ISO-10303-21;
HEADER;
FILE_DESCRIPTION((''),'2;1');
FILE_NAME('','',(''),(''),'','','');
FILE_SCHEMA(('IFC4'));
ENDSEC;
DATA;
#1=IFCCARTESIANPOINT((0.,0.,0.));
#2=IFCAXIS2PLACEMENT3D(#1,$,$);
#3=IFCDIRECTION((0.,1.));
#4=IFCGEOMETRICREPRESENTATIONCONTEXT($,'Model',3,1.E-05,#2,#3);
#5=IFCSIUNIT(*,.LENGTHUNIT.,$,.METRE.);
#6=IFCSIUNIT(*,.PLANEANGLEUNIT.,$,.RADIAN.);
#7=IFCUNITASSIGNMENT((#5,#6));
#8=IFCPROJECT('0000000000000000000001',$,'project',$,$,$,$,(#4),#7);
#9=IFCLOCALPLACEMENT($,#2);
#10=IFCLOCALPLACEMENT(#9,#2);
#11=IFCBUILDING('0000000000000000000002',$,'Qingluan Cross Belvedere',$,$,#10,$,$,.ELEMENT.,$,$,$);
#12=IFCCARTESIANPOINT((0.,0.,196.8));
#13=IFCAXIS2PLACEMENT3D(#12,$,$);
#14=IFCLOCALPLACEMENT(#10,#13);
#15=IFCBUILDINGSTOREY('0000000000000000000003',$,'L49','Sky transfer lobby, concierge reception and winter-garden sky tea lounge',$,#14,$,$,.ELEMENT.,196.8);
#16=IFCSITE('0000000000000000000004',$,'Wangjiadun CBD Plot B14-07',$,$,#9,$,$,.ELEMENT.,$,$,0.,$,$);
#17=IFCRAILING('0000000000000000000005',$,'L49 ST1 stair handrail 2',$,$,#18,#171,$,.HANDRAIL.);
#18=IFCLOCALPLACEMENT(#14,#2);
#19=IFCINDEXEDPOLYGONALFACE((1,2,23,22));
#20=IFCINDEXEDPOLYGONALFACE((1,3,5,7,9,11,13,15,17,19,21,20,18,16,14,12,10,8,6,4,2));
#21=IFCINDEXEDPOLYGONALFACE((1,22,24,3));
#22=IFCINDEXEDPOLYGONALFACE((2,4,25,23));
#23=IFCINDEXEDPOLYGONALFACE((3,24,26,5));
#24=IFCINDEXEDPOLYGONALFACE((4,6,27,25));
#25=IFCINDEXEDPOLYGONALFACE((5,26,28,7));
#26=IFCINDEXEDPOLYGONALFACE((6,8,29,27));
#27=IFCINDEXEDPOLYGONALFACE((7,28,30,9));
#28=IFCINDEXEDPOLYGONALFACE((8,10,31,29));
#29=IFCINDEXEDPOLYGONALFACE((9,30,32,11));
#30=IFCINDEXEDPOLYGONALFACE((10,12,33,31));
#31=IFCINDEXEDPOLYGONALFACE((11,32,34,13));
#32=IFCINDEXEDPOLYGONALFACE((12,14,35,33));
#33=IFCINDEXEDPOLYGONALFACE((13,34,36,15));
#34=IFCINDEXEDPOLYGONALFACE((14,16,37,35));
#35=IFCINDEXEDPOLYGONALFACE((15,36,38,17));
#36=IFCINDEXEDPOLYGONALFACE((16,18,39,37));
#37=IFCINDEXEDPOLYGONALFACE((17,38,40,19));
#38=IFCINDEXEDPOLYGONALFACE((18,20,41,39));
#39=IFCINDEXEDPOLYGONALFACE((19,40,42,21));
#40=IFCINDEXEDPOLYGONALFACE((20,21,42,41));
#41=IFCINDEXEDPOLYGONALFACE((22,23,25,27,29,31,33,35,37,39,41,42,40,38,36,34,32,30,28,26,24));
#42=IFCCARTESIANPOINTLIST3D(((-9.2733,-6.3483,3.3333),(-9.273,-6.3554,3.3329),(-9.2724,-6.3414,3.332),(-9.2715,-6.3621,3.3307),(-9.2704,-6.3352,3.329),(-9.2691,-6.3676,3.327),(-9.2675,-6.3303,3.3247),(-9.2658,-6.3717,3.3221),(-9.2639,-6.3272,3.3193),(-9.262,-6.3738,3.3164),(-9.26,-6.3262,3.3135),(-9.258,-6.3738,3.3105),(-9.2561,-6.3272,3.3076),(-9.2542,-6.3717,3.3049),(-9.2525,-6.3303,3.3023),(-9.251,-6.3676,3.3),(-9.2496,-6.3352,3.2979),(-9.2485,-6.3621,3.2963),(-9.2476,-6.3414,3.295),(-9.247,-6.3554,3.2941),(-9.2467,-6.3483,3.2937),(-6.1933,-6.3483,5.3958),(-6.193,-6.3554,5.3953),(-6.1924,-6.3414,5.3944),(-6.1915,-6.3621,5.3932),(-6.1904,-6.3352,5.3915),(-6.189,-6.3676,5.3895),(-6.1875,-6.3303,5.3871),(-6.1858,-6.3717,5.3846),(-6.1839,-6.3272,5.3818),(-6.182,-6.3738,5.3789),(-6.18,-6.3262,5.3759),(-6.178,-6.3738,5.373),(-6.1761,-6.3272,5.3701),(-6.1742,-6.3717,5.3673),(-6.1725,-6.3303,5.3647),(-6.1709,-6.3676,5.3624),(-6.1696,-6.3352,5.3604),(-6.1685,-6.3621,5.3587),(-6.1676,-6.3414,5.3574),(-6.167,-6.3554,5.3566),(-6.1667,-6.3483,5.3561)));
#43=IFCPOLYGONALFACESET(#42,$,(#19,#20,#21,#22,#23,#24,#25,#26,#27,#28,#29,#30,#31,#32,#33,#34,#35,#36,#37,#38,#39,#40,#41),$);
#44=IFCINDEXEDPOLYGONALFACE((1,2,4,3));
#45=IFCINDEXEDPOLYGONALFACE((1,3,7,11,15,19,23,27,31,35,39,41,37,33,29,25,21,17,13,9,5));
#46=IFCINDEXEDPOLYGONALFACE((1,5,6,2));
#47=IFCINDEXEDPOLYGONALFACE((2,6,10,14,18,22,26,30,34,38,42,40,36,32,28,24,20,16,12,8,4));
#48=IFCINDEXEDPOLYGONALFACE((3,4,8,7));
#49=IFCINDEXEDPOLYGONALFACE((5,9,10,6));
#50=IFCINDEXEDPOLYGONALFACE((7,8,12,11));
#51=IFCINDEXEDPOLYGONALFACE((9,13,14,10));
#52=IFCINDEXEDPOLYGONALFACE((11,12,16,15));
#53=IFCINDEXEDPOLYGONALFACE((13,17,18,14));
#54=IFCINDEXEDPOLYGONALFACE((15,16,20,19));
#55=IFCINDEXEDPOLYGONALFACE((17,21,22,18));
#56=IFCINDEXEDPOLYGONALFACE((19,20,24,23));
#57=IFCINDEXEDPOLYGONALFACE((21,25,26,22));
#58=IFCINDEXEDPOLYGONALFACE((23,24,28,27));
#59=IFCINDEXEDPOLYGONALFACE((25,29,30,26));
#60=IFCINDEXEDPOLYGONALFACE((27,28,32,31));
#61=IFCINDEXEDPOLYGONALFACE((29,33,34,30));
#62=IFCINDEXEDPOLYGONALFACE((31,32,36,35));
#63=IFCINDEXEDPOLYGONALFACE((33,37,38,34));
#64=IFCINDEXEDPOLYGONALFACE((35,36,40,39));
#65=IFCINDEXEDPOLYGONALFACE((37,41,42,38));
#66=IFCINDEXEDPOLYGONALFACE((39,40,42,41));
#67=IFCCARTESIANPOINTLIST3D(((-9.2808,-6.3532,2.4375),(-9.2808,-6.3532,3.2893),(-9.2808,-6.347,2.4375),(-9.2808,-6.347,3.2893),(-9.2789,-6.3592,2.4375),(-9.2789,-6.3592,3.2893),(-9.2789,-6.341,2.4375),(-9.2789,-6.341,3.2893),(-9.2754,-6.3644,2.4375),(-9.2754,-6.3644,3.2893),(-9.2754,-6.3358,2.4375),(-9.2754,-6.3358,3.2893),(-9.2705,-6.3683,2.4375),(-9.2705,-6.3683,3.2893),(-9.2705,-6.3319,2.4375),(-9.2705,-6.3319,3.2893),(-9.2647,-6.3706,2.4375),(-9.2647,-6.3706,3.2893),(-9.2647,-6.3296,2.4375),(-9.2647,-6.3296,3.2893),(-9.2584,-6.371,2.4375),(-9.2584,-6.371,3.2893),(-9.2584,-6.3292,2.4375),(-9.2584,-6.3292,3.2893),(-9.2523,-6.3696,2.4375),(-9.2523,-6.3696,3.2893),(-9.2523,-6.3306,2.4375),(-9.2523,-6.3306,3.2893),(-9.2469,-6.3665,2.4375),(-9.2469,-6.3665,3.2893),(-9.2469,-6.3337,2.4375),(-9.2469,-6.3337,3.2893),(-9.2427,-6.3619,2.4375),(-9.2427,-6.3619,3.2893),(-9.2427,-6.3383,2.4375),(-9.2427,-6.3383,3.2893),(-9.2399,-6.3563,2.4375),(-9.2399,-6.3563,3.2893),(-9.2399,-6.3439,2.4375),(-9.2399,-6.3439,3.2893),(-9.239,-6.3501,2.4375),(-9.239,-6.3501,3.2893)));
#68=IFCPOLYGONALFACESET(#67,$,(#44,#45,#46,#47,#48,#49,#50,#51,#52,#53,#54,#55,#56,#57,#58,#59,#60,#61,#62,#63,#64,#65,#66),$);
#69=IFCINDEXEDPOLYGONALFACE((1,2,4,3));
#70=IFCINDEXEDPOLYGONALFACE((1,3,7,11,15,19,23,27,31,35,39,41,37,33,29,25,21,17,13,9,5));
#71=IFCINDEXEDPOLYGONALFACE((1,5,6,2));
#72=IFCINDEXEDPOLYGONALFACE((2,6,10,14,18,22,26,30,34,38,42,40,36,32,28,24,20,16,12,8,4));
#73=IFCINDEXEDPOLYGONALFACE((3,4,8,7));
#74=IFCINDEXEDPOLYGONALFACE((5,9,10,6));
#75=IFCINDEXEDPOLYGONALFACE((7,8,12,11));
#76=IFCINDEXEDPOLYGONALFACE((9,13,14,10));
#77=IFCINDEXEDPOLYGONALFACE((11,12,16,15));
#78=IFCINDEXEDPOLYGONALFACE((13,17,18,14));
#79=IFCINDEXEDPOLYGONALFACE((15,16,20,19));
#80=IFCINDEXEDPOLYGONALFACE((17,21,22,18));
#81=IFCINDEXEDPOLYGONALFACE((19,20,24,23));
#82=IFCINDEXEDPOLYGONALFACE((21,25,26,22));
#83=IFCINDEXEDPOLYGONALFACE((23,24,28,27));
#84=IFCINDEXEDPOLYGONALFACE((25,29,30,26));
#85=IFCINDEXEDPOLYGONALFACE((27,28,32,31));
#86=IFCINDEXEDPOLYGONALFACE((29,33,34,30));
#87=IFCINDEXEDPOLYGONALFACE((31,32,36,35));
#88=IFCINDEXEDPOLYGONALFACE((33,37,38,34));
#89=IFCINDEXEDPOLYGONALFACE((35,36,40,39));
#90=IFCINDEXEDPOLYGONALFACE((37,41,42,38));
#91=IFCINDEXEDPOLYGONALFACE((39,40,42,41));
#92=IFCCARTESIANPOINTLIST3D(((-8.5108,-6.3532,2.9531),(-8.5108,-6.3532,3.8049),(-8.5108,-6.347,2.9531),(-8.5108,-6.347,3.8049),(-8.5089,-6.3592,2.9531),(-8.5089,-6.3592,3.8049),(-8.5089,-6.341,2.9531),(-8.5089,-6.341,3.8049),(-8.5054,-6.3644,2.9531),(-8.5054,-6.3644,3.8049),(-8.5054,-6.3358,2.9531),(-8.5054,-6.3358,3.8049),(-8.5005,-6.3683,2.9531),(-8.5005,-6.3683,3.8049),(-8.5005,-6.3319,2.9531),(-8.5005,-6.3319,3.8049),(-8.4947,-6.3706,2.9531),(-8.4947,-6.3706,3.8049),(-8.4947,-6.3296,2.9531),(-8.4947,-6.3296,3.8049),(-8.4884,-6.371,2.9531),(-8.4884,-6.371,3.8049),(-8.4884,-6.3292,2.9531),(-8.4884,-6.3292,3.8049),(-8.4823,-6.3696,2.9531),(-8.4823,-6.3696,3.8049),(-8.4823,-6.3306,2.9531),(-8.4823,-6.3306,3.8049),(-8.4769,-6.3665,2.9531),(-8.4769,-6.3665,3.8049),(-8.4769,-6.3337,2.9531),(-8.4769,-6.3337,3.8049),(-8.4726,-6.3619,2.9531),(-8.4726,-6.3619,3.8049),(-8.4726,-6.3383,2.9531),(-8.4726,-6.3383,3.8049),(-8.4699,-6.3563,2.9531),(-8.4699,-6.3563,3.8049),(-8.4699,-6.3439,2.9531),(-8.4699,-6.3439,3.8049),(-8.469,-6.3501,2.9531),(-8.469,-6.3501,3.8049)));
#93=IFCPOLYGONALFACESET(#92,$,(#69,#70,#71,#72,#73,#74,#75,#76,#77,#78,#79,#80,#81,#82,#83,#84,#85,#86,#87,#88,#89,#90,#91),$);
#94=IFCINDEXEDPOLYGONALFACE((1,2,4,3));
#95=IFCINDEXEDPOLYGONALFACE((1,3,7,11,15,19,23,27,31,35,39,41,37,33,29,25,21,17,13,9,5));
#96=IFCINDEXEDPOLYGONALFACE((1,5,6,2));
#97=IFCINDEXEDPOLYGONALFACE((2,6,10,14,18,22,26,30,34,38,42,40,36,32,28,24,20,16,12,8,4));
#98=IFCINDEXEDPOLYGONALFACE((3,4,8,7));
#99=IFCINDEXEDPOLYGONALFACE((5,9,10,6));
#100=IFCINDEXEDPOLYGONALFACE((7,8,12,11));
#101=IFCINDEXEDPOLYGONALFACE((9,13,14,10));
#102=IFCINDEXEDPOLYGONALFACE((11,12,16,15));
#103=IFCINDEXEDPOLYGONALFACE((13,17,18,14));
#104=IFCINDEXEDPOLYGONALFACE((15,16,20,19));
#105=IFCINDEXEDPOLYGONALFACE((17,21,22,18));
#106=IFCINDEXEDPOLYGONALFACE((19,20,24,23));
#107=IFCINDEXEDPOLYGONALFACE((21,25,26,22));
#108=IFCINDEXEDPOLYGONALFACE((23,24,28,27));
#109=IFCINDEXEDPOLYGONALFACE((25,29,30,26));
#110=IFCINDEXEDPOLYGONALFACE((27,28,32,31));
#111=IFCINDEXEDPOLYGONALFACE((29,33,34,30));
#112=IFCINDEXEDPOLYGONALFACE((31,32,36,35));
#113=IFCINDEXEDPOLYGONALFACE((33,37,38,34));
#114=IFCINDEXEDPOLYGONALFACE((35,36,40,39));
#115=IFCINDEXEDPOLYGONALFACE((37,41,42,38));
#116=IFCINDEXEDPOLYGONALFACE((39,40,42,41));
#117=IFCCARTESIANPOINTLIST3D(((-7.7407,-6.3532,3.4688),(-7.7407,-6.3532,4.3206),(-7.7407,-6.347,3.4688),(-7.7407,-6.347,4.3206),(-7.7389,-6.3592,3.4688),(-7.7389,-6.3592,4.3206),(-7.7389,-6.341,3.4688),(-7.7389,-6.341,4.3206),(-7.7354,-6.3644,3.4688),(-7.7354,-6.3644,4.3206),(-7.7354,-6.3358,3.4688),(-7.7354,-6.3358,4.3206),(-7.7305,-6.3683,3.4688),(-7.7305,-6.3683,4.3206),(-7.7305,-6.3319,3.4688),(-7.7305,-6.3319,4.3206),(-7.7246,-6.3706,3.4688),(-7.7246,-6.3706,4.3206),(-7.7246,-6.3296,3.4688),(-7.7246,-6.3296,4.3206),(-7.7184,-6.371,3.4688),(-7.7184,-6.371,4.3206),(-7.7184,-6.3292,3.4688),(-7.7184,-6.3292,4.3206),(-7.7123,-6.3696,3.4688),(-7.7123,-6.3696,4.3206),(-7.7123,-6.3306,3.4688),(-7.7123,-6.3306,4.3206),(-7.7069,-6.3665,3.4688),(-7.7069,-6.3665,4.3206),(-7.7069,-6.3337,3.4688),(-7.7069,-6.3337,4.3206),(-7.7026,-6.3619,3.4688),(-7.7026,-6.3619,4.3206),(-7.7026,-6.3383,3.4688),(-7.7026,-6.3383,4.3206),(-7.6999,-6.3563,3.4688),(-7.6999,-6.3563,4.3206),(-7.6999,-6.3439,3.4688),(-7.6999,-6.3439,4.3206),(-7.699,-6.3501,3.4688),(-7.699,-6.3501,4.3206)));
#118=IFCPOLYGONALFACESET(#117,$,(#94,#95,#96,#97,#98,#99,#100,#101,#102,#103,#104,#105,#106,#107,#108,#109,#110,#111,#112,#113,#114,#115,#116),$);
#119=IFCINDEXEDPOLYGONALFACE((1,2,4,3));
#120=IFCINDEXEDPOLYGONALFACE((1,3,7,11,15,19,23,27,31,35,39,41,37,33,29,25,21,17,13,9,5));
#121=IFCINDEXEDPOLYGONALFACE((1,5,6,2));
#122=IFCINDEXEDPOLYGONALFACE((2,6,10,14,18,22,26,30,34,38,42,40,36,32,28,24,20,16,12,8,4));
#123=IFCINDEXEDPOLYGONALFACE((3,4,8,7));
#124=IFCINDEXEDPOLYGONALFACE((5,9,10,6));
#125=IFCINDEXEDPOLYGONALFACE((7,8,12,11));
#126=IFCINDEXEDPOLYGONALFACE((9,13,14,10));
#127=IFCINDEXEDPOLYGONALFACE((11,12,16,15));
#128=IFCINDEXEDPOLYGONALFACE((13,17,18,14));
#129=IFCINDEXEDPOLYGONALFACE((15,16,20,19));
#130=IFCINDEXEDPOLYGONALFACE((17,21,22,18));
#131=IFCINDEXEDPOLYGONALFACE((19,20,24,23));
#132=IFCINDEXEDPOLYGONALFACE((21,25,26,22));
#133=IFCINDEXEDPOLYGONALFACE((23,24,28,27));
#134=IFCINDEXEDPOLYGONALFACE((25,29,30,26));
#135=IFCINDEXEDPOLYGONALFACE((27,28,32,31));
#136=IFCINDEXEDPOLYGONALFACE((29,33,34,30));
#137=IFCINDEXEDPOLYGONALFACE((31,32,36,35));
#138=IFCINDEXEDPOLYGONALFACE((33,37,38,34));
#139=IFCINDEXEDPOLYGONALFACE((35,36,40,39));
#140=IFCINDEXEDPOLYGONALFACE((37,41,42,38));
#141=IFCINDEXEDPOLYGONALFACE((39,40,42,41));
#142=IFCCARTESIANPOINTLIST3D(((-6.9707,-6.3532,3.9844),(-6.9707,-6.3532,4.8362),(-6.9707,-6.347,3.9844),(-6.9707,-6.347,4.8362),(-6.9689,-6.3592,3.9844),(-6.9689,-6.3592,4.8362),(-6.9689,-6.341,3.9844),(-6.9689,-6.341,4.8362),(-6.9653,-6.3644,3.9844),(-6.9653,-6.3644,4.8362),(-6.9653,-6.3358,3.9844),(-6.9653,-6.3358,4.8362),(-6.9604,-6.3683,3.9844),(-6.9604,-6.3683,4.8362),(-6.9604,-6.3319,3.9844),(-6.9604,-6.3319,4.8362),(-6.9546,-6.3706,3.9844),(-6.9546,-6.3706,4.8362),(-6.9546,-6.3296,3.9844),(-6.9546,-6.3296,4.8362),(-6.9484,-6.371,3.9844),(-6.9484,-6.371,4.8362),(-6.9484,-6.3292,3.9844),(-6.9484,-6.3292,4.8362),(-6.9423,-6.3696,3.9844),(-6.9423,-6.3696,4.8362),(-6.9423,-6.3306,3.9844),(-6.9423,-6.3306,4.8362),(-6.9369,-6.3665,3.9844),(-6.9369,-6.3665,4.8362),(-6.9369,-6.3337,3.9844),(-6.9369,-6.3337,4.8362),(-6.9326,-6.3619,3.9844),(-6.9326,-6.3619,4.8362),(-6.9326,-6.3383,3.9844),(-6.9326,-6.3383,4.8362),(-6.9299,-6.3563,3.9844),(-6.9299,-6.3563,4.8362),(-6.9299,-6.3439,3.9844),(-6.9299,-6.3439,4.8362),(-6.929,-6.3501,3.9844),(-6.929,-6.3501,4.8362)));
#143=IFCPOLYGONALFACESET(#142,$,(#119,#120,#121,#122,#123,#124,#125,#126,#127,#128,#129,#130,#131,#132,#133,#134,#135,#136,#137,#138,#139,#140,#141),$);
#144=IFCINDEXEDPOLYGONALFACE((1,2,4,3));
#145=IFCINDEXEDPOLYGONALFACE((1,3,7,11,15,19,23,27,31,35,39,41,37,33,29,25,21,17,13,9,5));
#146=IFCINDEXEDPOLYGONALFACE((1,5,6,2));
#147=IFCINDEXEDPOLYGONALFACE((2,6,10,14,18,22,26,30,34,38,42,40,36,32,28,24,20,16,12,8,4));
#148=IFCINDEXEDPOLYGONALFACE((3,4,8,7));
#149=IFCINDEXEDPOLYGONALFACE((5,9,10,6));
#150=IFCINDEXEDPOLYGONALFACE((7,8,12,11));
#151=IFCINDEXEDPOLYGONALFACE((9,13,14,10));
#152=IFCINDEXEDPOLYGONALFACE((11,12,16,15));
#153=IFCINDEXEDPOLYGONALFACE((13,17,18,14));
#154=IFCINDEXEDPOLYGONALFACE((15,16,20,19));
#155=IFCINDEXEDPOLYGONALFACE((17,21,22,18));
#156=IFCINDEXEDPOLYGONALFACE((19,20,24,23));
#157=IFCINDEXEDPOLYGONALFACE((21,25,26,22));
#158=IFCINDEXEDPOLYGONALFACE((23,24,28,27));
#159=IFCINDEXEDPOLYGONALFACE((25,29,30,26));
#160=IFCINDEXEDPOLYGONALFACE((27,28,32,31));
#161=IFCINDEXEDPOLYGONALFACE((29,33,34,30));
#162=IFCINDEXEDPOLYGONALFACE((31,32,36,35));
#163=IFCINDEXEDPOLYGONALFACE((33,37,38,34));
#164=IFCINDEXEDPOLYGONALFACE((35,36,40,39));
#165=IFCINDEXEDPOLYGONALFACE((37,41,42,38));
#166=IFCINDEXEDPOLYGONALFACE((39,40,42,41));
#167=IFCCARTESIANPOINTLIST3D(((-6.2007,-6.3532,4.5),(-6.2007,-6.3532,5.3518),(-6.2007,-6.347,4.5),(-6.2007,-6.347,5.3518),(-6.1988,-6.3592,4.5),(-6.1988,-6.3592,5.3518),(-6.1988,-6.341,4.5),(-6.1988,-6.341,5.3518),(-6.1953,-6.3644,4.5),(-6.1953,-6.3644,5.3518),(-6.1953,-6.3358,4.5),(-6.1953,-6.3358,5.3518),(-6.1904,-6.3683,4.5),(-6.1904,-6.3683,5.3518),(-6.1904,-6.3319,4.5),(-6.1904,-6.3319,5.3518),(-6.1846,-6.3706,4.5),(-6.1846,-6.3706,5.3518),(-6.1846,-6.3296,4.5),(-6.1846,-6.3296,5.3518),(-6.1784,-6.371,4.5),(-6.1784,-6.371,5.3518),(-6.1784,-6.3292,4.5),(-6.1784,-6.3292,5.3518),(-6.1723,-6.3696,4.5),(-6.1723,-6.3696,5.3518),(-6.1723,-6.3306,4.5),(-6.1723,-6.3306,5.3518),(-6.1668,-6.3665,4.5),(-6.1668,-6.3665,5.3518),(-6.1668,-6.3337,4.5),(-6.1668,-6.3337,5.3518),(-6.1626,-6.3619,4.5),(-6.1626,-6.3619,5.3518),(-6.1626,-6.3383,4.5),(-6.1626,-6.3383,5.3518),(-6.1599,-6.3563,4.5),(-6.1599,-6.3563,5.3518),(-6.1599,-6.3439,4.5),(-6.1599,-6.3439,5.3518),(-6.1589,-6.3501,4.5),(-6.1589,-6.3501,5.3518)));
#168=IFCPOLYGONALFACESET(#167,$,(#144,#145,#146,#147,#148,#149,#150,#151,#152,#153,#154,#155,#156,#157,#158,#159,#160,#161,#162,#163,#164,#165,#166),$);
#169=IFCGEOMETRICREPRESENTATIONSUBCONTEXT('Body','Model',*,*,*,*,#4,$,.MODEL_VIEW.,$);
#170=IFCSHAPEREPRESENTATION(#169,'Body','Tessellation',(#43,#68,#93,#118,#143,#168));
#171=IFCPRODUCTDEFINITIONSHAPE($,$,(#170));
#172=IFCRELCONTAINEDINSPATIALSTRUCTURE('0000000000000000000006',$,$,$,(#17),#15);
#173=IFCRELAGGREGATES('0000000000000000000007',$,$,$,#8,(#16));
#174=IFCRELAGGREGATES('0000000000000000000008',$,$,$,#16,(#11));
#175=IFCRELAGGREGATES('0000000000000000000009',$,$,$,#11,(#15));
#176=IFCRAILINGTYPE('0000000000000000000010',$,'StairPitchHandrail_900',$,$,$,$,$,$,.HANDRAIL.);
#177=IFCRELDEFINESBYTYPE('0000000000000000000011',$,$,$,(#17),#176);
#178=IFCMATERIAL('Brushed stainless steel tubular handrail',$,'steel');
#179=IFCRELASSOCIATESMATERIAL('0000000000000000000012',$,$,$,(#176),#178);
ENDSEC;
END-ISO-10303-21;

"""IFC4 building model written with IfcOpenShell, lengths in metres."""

from ifc_helpers import new_model, si_unit, direction, frame, origin, origin_2d, place, context, subcontext, project, spatial, circle, extrude, material, type_object, element, save


model = new_model("IFC4")

# Units and contexts
model_context = context("Model", 3, precision=1e-05, world=origin(), true_north=direction((0.0, 1.0)))
body_context = subcontext(model_context, "Body", "Model", "MODEL_VIEW")
ifc_project = project(units=[si_unit("LENGTHUNIT", "METRE"), si_unit("PLANEANGLEUNIT", "RADIAN")], contexts=[model_context])

# Site, building, storey
site_placement = place(None, origin())
site = spatial("IfcSite", under=ifc_project, at=site_placement, Name="Wangjiadun CBD Plot B14-07", CompositionType="ELEMENT", RefElevation=0.0)
building_placement = place(site_placement, origin())
building = spatial("IfcBuilding", under=site, at=building_placement, Name="Qingluan Cross Belvedere", CompositionType="ELEMENT")
storey_placement = place(building_placement, frame((0.0, 0.0, 196.8)))
storey = spatial("IfcBuildingStorey", under=building, at=storey_placement, Name="L49", Description="Sky transfer lobby, concierge reception and winter-garden sky tea lounge", CompositionType="ELEMENT", Elevation=196.8)

# Railing
ifc_material_1 = material(Name="Brushed stainless steel tubular handrail", Category="steel")
railing_type = type_object("IfcRailingType", Name="StairPitchHandrail_900", PredefinedType="HANDRAIL", material=ifc_material_1)
railing_placement = place(storey_placement, frame((-9.26, -6.3501, 2.4375)))
element("IfcRailing", 1, at=railing_placement, inside=storey, type_object=railing_type, Name="L49 ST1 stair handrail 2", PredefinedType="HANDRAIL", context=body_context, shape_type="SweptSolid", body=[
    extrude(circle(Radius=0.0239, at=origin_2d()), frame((0.0, 0.0, 0.876), z_axis=(0.830914, 0.0, 0.556401), x_axis=(0.0, 1.0, 0.0)), (0.0, 0.0, 1.0), 3.7068),
    extrude(circle(Radius=0.021, at=origin_2d()), origin(), (0.0, 0.0, 1.0), 0.8518),
    extrude(circle(Radius=0.021, at=origin_2d()), frame((0.77, 0.0, 0.5156)), (0.0, 0.0, 1.0), 0.8518),
    extrude(circle(Radius=0.021, at=origin_2d()), frame((1.54, 0.0, 1.0312)), (0.0, 0.0, 1.0), 0.8518),
    extrude(circle(Radius=0.021, at=origin_2d()), frame((2.3101, 0.0, 1.5469)), (0.0, 0.0, 1.0), 0.8518),
    extrude(circle(Radius=0.021, at=origin_2d()), frame((3.0801, 0.0, 2.0625)), (0.0, 0.0, 1.0), 0.8518),
])

save(model, "model.ifc")
